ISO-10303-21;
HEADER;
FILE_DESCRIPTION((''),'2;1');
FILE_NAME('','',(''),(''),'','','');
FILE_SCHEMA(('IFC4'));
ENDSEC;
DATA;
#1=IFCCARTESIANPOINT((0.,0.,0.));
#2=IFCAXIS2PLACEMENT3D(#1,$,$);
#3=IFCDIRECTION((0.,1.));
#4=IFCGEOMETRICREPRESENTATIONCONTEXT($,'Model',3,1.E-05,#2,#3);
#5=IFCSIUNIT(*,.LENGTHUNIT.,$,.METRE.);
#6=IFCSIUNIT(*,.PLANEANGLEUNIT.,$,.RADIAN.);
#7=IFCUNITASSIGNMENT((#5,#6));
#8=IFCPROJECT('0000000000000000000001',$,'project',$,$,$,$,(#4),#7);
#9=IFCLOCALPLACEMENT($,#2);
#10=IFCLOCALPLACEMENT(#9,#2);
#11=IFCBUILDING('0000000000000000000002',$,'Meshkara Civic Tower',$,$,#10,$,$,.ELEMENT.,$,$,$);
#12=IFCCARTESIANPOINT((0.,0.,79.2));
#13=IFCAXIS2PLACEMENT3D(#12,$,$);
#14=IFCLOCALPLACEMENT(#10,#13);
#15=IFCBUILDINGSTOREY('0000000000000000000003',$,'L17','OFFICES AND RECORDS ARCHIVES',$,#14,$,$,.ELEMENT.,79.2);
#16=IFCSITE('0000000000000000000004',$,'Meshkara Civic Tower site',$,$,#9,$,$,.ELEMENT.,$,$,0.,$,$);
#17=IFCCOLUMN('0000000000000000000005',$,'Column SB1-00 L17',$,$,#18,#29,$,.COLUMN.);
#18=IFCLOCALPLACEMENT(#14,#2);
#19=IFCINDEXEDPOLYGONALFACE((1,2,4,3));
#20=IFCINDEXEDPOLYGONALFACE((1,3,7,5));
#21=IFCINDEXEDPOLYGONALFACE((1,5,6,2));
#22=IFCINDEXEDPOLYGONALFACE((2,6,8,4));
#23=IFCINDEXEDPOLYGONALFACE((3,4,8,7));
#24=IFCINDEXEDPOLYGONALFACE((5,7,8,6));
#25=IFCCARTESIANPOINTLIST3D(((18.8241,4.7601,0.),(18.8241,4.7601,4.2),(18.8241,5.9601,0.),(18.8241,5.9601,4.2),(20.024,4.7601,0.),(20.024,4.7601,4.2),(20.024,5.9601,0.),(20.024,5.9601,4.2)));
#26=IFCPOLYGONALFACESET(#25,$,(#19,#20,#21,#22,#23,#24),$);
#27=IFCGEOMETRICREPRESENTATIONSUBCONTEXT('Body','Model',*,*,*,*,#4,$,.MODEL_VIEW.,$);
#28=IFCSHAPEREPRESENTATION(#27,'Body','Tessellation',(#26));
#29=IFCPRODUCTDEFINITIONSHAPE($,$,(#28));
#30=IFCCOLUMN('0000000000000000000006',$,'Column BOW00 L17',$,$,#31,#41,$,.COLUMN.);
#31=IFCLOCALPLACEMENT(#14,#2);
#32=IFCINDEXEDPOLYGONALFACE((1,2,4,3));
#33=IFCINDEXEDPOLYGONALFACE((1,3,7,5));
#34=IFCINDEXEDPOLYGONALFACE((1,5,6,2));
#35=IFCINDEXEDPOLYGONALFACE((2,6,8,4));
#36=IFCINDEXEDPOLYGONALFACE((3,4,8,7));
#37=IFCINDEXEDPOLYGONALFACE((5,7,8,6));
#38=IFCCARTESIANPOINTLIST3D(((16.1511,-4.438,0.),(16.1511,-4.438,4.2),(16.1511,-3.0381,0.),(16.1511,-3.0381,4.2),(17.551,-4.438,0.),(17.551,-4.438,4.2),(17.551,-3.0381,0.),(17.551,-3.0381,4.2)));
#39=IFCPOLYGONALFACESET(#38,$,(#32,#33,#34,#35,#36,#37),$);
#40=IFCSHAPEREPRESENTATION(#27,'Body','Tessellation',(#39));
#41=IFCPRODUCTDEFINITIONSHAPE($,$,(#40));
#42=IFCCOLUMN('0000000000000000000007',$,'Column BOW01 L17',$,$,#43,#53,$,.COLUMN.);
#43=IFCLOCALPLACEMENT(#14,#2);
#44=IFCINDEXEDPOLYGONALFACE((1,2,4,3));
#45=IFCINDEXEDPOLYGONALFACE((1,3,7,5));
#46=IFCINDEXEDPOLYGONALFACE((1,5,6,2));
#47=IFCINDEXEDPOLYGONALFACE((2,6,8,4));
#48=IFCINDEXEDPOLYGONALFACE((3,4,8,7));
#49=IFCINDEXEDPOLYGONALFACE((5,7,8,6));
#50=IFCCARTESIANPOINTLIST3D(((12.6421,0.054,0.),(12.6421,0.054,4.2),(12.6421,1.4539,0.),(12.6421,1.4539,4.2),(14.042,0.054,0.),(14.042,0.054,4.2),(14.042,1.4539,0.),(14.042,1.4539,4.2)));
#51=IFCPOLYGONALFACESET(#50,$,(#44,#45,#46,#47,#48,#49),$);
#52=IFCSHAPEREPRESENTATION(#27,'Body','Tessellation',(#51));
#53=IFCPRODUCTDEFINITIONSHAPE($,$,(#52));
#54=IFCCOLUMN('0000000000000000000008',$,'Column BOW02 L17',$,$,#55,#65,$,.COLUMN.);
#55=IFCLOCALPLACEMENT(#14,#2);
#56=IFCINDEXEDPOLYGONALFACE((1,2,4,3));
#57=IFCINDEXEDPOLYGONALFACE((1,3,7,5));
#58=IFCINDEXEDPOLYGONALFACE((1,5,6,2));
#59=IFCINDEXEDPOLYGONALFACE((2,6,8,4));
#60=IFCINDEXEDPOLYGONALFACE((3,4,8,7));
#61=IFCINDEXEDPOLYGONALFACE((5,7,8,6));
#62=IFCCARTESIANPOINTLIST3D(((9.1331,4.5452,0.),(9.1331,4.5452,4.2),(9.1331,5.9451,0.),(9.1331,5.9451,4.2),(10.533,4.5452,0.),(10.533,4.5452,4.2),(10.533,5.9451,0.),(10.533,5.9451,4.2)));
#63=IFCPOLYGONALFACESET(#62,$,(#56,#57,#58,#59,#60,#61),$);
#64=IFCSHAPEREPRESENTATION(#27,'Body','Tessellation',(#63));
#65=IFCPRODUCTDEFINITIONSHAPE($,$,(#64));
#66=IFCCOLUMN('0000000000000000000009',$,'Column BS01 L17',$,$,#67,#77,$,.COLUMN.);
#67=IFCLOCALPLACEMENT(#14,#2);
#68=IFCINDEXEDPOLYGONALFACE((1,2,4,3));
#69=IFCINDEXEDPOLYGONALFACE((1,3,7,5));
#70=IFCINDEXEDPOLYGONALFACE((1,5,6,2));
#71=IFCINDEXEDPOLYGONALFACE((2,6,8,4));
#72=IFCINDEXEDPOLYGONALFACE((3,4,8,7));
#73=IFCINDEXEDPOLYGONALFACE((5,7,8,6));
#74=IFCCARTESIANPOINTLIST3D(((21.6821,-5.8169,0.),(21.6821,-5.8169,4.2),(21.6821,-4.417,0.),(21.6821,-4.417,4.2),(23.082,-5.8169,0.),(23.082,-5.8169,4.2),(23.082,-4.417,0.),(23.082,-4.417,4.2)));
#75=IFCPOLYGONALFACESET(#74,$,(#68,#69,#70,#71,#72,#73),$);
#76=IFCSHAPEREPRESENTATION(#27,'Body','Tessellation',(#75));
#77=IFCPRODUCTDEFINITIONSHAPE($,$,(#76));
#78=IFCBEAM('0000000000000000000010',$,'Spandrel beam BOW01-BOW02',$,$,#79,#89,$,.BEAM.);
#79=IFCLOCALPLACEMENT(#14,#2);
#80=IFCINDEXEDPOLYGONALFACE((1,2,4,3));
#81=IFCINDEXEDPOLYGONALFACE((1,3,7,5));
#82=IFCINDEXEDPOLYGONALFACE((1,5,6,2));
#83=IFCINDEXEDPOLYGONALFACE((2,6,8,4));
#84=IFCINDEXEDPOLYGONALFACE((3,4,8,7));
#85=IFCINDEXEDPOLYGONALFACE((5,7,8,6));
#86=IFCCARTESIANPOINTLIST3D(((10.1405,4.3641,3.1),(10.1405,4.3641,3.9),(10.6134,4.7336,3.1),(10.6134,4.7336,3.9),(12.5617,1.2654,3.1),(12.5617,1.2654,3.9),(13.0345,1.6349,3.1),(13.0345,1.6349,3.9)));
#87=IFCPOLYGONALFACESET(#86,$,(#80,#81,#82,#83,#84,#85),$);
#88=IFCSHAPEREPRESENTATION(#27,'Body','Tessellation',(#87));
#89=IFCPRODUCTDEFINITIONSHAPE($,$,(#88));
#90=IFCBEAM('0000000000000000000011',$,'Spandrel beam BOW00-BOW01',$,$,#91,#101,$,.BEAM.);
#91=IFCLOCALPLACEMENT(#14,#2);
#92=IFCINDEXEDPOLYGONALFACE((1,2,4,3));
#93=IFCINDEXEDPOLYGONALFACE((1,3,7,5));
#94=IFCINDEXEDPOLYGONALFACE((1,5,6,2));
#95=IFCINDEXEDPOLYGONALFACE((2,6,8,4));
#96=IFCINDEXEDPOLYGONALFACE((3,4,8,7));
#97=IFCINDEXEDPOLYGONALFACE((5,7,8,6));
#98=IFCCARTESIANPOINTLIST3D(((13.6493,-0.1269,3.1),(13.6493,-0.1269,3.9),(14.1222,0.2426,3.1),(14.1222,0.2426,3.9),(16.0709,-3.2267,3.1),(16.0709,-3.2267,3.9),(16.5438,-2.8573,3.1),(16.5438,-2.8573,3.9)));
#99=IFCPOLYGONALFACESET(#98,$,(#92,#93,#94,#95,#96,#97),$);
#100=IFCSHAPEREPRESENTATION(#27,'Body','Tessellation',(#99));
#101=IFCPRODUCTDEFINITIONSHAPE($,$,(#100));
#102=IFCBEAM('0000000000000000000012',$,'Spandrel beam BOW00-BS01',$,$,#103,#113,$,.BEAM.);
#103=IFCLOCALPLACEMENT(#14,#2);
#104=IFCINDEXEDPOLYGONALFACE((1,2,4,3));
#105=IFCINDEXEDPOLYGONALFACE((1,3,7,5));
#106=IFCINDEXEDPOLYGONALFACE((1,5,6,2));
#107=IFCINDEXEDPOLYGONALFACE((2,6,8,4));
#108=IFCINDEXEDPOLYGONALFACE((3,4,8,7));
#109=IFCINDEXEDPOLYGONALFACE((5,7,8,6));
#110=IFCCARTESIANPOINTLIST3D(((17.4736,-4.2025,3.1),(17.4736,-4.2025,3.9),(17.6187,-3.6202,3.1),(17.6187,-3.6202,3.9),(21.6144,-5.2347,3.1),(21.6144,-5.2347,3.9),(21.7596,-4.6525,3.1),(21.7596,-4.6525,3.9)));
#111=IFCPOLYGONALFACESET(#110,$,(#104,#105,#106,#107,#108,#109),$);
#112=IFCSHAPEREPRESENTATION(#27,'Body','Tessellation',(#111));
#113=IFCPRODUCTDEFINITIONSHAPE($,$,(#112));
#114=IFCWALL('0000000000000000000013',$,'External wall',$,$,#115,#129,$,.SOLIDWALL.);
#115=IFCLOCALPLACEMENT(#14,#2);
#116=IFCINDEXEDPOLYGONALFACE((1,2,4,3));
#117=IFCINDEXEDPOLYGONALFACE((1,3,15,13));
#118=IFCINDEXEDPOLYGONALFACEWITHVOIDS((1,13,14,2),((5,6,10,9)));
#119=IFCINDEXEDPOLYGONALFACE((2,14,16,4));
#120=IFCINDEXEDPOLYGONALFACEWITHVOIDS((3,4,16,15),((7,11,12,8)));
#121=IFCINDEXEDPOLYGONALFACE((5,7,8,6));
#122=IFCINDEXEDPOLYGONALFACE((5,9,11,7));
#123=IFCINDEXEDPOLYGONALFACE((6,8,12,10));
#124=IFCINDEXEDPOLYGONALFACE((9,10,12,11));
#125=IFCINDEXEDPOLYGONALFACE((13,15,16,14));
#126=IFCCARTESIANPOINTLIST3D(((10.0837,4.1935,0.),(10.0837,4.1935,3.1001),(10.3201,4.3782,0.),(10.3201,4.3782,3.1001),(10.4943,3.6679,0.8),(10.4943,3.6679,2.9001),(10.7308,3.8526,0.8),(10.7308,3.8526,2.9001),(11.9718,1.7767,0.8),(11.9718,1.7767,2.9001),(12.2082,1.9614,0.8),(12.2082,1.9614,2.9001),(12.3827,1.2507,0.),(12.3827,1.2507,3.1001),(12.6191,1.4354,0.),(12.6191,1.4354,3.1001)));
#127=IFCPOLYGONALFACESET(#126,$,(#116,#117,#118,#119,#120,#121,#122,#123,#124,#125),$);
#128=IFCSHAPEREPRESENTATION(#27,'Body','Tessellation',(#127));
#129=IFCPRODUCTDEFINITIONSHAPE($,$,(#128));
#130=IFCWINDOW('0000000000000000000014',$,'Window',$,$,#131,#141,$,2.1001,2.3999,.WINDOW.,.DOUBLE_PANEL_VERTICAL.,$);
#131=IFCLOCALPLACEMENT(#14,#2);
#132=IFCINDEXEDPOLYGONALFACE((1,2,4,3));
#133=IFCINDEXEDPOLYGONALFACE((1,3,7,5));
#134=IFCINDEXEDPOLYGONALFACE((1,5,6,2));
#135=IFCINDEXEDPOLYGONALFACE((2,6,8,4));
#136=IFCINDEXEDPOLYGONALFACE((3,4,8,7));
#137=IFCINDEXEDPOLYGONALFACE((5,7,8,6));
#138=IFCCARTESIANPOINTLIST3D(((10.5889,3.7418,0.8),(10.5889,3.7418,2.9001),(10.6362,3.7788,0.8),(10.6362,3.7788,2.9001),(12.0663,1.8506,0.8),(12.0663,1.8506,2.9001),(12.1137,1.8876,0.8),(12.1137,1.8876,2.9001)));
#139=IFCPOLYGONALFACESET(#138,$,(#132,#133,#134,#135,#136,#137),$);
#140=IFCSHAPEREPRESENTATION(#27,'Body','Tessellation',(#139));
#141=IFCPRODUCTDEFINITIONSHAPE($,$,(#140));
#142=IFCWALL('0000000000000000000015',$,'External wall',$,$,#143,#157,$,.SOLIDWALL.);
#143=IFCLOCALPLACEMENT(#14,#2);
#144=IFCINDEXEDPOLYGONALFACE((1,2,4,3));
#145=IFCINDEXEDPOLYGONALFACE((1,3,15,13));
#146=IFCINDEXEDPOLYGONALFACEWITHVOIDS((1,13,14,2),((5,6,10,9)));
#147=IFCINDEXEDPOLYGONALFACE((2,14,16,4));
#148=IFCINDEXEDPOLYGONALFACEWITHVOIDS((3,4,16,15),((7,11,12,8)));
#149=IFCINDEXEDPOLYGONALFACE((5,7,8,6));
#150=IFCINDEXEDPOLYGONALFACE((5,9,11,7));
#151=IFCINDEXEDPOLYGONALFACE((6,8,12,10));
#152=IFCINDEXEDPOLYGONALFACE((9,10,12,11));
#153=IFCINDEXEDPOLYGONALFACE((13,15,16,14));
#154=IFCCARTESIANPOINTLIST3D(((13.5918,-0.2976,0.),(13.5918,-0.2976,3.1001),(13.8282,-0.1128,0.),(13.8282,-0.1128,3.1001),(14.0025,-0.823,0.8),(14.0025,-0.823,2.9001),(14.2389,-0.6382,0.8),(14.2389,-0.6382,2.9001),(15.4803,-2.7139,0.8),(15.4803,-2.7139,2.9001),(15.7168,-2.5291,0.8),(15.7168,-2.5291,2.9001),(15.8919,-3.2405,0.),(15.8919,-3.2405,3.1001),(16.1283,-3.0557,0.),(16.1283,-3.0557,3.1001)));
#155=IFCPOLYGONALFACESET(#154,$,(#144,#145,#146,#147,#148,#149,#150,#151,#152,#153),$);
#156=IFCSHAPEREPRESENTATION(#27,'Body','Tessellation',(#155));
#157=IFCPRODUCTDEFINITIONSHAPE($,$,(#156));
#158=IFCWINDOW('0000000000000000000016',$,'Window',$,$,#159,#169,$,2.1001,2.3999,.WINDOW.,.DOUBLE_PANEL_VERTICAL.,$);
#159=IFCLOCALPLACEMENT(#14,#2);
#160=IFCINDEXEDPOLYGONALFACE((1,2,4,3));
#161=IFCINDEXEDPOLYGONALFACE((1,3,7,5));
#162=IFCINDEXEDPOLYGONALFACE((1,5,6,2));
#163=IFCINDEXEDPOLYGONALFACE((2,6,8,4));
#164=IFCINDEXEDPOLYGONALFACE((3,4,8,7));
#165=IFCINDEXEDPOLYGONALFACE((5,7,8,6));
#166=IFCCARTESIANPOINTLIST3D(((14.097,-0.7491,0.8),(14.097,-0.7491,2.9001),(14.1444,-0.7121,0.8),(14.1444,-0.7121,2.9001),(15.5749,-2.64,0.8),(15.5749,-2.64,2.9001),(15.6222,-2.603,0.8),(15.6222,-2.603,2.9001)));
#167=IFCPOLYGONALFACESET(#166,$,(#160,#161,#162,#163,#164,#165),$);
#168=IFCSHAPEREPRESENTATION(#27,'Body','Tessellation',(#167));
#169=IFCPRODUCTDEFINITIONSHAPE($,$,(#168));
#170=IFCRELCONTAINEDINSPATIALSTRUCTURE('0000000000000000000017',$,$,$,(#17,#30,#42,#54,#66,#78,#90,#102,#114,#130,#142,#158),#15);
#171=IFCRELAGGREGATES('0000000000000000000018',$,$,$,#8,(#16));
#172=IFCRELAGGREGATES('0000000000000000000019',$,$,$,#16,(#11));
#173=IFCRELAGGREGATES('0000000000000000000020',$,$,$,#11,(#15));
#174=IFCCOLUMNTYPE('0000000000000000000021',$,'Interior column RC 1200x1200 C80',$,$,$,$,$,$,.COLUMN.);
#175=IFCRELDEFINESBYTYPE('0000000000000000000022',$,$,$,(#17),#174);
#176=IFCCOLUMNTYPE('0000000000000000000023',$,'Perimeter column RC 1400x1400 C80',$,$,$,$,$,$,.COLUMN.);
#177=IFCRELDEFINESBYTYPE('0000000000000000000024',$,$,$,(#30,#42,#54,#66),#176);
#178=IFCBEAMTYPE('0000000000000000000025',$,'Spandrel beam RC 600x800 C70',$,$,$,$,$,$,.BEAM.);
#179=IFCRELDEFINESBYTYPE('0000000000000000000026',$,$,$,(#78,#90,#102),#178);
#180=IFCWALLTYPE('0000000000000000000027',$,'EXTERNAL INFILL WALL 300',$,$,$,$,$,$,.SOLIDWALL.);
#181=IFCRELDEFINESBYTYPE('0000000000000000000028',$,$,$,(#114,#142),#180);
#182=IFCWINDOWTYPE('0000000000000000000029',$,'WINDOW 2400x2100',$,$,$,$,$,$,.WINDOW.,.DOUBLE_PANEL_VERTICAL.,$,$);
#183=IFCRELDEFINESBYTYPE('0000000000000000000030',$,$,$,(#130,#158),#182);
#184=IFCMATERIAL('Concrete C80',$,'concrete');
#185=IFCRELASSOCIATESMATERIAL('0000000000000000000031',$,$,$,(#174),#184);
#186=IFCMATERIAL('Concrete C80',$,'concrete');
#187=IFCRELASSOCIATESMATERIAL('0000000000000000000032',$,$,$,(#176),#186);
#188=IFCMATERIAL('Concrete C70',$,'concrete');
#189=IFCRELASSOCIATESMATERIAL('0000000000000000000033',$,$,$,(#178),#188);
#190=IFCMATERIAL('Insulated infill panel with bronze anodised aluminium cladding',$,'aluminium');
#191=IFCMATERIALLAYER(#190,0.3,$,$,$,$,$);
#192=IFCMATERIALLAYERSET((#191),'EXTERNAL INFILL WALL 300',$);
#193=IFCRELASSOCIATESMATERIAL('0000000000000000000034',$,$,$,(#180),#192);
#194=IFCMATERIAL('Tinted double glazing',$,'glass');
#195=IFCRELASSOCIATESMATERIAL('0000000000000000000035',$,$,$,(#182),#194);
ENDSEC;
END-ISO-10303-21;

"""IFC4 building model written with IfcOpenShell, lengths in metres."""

from ifc_helpers import new_model, si_unit, direction, frame, frame_2d, origin, origin_2d, place, context, subcontext, project, spatial, rectangle, extrude, material, layer, layer_set, material_profile, profile_set, type_object, element, fill, save


model = new_model("IFC4")

# Units and contexts
model_context = context("Model", 3, precision=1e-05, world=origin(), true_north=direction((0.0, 1.0)))
body_context = subcontext(model_context, "Body", "Model", "MODEL_VIEW")
ifc_project = project(units=[si_unit("LENGTHUNIT", "METRE"), si_unit("PLANEANGLEUNIT", "RADIAN")], contexts=[model_context])

# Site, building, storey
site_placement = place(None, origin())
site = spatial("IfcSite", under=ifc_project, at=site_placement, Name="Meshkara Civic Tower site", CompositionType="ELEMENT", RefElevation=0.0)
building_placement = place(site_placement, origin())
building = spatial("IfcBuilding", under=site, at=building_placement, Name="Meshkara Civic Tower", CompositionType="ELEMENT")
storey_placement = place(building_placement, frame((0.0, 0.0, 79.2)))
storey = spatial("IfcBuildingStorey", under=building, at=storey_placement, Name="L17", Description="OFFICES AND RECORDS ARCHIVES", CompositionType="ELEMENT", Elevation=79.2)

# Columns
ifc_material_1 = material(Name="Concrete C80", Category="concrete")
ifc_material_profile_1 = material_profile(ifc_material_1, rectangle(XDim=1.2, YDim=1.2, at=origin_2d()))
ifc_profile_set_1 = profile_set([ifc_material_profile_1], Name="Concrete C80")
column_type_1 = type_object("IfcColumnType", Name="Interior column RC 1200x1200 C80", PredefinedType="COLUMN", material=ifc_profile_set_1)
column_placement = place(storey_placement, frame((19.4241, 5.3601, 0.0), z_axis=(0.0, 0.0, 1.0), x_axis=(1.0, 0.0, 0.0)))
element("IfcColumn", 1, at=column_placement, inside=storey, type_object=column_type_1, Name="Column SB1-00 L17", PredefinedType="COLUMN", context=body_context, shape_type="SweptSolid", body=[
    extrude(rectangle(XDim=1.2, YDim=1.2, at=origin_2d()), origin(), (0.0, 0.0, 1.0), 4.2),
])
ifc_material_2 = material(Name="Concrete C80", Category="concrete")
ifc_material_profile_2 = material_profile(ifc_material_2, rectangle(XDim=1.3999, YDim=1.3999, at=origin_2d()))
ifc_profile_set_2 = profile_set([ifc_material_profile_2], Name="Concrete C80")
column_type_2 = type_object("IfcColumnType", Name="Perimeter column RC 1400x1400 C80", PredefinedType="COLUMN", material=ifc_profile_set_2)
for number, where, z_axis, x_axis, name in (
    (2, (16.8511, -3.738, 0.0), (0.0, 0.0, 1.0), (1.0, 0.0, 0.0), "Column BOW00 L17"),
    (3, (13.342, 0.7539, 0.0), (0.0, 0.0, 1.0), (1.0, 0.0, 0.0), "Column BOW01 L17"),
    (4, (9.833, 5.2451, 0.0), (0.0, 0.0, 1.0), (1.0, 0.0, 0.0), "Column BOW02 L17"),
    (5, (22.3821, -5.1169, 0.0), (0.0, 0.0, 1.0), (1.0, 0.0, 0.0), "Column BS01 L17"),
):
    element("IfcColumn", number, at=place(storey_placement, frame(where, z_axis=z_axis, x_axis=x_axis)), inside=storey, type_object=column_type_2, Name=name, PredefinedType="COLUMN", context=body_context, shape_type="SweptSolid", body=[
        extrude(rectangle(XDim=1.3999, YDim=1.3999, at=origin_2d()), origin(), (0.0, 0.0, 1.0), 4.2),
    ])

# Beams
ifc_material_3 = material(Name="Concrete C70", Category="concrete")
ifc_material_profile_3 = material_profile(ifc_material_3, rectangle(XDim=0.6001, YDim=0.8, at=origin_2d()))
ifc_profile_set_3 = profile_set([ifc_material_profile_3], Name="Concrete C70")
beam_type = type_object("IfcBeamType", Name="Spandrel beam RC 600x800 C70", PredefinedType="BEAM", material=ifc_profile_set_3)
beam_1_placement = place(storey_placement, frame((10.377, 4.5488, 3.5), z_axis=(0.615697, -0.787983, 0.0), x_axis=(0.787983, 0.615697, 0.0)))
element("IfcBeam", 6, at=beam_1_placement, inside=storey, type_object=beam_type, Name="Spandrel beam BOW01-BOW02", PredefinedType="BEAM", context=body_context, shape_type="SweptSolid", body=[
    extrude(rectangle(XDim=0.6001, YDim=0.8, at=origin_2d()), origin(), (0.0, 0.0, 1.0), 3.9324),
])
beam_2_placement = place(storey_placement, frame((13.8857, 0.0579, 3.5), z_axis=(0.615624, -0.78804, 0.0), x_axis=(0.78804, 0.615624, 0.0)))
element("IfcBeam", 7, at=beam_2_placement, inside=storey, type_object=beam_type, Name="Spandrel beam BOW00-BOW01", PredefinedType="BEAM", context=body_context, shape_type="SweptSolid", body=[
    extrude(rectangle(XDim=0.6001, YDim=0.8, at=origin_2d()), origin(), (0.0, 0.0, 1.0), 3.9336),
])
beam_3_placement = place(storey_placement, frame((17.5461, -3.9114, 3.5), z_axis=(0.970307, -0.241876, 0.0), x_axis=(0.241876, 0.970307, 0.0)))
element("IfcBeam", 8, at=beam_3_placement, inside=storey, type_object=beam_type, Name="Spandrel beam BOW00-BS01", PredefinedType="BEAM", context=body_context, shape_type="SweptSolid", body=[
    extrude(rectangle(XDim=0.6001, YDim=0.8, at=origin_2d()), origin(), (0.0, 0.0, 1.0), 4.2676),
])

# Walls, openings, windows
ifc_material_4 = material(Name="Insulated infill panel with bronze anodised aluminium cladding", Category="aluminium")
ifc_layer = layer(ifc_material_4, 0.3)
ifc_layer_set = layer_set([ifc_layer], Name="EXTERNAL INFILL WALL 300")
wall_type = type_object("IfcWallType", Name="EXTERNAL INFILL WALL 300", PredefinedType="SOLIDWALL", material=ifc_layer_set)
wall_1_placement = place(storey_placement, frame((10.2019, 4.2859, 0.0), z_axis=(0.0, 0.0, 1.0), x_axis=(0.615636, -0.78803, 0.0)))
wall_1 = element("IfcWall", 9, at=wall_1_placement, inside=storey, type_object=wall_type, Name="External wall", PredefinedType="SOLIDWALL", context=body_context, shape_type="SweptSolid", body=[
    extrude(rectangle(XDim=3.7344, YDim=0.3, at=frame_2d((1.8672, 0.0))), origin(), (0.0, 0.0, 1.0), 3.1001),
])
opening_1_placement = place(wall_1_placement, frame((0.667, 0.0, 0.8)))
opening_1 = element("IfcOpeningElement", 10, at=opening_1_placement, cuts=wall_1, PredefinedType="OPENING", context=body_context, shape_type="SweptSolid", body=[
    extrude(rectangle(XDim=2.3999, YDim=2.1001, at=frame_2d((1.2, 1.05))), frame((0.0, 0.1599, 0.0), z_axis=(0.0, -1.0, 0.0), x_axis=(1.0, 0.0, 0.0)), (0.0, 0.0, 1.0), 0.3201),
])
ifc_material_5 = material(Name="Tinted double glazing", Category="glass")
window_type = type_object("IfcWindowType", Name="WINDOW 2400x2100", PartitioningType="DOUBLE_PANEL_VERTICAL", PredefinedType="WINDOW", material=ifc_material_5)
window_1_placement = place(opening_1_placement, origin())
window_1 = element("IfcWindow", 11, at=window_1_placement, inside=storey, type_object=window_type, Name="Window", OverallHeight=2.1001, OverallWidth=2.3999, PartitioningType="DOUBLE_PANEL_VERTICAL", PredefinedType="WINDOW", context=body_context, shape_type="SweptSolid", body=[
    extrude(rectangle(XDim=2.3999, YDim=2.1001, at=frame_2d((1.2, 1.05))), frame((0.0, 0.03, 0.0), z_axis=(0.0, -1.0, 0.0), x_axis=(1.0, 0.0, 0.0)), (0.0, 0.0, 1.0), 0.0601),
])
fill(opening_1, window_1)
wall_2_placement = place(storey_placement, frame((13.71, -0.2051, 0.0), z_axis=(0.0, 0.0, 1.0), x_axis=(0.615799, -0.787903, 0.0)))
wall_2 = element("IfcWall", 12, at=wall_2_placement, inside=storey, type_object=wall_type, Name="External wall", PredefinedType="SOLIDWALL", context=body_context, shape_type="SweptSolid", body=[
    extrude(rectangle(XDim=3.7351, YDim=0.3, at=frame_2d((1.8677, 0.0))), origin(), (0.0, 0.0, 1.0), 3.1001),
])
opening_2_placement = place(wall_2_placement, frame((0.667, 0.0, 0.8)))
opening_2 = element("IfcOpeningElement", 13, at=opening_2_placement, cuts=wall_2, PredefinedType="OPENING", context=body_context, shape_type="SweptSolid", body=[
    extrude(rectangle(XDim=2.3999, YDim=2.1001, at=frame_2d((1.2, 1.05))), frame((0.0, 0.1599, 0.0), z_axis=(0.0, -1.0, 0.0), x_axis=(1.0, 0.0, 0.0)), (0.0, 0.0, 1.0), 0.3201),
])
window_2_placement = place(opening_2_placement, origin())
window_2 = element("IfcWindow", 14, at=window_2_placement, inside=storey, type_object=window_type, Name="Window", OverallHeight=2.1001, OverallWidth=2.3999, PartitioningType="DOUBLE_PANEL_VERTICAL", PredefinedType="WINDOW", context=body_context, shape_type="SweptSolid", body=[
    extrude(rectangle(XDim=2.3999, YDim=2.1001, at=frame_2d((1.2, 1.05))), frame((0.0, 0.03, 0.0), z_axis=(0.0, -1.0, 0.0), x_axis=(1.0, 0.0, 0.0)), (0.0, 0.0, 1.0), 0.0601),
])
fill(opening_2, window_2)

save(model, "model.ifc")
